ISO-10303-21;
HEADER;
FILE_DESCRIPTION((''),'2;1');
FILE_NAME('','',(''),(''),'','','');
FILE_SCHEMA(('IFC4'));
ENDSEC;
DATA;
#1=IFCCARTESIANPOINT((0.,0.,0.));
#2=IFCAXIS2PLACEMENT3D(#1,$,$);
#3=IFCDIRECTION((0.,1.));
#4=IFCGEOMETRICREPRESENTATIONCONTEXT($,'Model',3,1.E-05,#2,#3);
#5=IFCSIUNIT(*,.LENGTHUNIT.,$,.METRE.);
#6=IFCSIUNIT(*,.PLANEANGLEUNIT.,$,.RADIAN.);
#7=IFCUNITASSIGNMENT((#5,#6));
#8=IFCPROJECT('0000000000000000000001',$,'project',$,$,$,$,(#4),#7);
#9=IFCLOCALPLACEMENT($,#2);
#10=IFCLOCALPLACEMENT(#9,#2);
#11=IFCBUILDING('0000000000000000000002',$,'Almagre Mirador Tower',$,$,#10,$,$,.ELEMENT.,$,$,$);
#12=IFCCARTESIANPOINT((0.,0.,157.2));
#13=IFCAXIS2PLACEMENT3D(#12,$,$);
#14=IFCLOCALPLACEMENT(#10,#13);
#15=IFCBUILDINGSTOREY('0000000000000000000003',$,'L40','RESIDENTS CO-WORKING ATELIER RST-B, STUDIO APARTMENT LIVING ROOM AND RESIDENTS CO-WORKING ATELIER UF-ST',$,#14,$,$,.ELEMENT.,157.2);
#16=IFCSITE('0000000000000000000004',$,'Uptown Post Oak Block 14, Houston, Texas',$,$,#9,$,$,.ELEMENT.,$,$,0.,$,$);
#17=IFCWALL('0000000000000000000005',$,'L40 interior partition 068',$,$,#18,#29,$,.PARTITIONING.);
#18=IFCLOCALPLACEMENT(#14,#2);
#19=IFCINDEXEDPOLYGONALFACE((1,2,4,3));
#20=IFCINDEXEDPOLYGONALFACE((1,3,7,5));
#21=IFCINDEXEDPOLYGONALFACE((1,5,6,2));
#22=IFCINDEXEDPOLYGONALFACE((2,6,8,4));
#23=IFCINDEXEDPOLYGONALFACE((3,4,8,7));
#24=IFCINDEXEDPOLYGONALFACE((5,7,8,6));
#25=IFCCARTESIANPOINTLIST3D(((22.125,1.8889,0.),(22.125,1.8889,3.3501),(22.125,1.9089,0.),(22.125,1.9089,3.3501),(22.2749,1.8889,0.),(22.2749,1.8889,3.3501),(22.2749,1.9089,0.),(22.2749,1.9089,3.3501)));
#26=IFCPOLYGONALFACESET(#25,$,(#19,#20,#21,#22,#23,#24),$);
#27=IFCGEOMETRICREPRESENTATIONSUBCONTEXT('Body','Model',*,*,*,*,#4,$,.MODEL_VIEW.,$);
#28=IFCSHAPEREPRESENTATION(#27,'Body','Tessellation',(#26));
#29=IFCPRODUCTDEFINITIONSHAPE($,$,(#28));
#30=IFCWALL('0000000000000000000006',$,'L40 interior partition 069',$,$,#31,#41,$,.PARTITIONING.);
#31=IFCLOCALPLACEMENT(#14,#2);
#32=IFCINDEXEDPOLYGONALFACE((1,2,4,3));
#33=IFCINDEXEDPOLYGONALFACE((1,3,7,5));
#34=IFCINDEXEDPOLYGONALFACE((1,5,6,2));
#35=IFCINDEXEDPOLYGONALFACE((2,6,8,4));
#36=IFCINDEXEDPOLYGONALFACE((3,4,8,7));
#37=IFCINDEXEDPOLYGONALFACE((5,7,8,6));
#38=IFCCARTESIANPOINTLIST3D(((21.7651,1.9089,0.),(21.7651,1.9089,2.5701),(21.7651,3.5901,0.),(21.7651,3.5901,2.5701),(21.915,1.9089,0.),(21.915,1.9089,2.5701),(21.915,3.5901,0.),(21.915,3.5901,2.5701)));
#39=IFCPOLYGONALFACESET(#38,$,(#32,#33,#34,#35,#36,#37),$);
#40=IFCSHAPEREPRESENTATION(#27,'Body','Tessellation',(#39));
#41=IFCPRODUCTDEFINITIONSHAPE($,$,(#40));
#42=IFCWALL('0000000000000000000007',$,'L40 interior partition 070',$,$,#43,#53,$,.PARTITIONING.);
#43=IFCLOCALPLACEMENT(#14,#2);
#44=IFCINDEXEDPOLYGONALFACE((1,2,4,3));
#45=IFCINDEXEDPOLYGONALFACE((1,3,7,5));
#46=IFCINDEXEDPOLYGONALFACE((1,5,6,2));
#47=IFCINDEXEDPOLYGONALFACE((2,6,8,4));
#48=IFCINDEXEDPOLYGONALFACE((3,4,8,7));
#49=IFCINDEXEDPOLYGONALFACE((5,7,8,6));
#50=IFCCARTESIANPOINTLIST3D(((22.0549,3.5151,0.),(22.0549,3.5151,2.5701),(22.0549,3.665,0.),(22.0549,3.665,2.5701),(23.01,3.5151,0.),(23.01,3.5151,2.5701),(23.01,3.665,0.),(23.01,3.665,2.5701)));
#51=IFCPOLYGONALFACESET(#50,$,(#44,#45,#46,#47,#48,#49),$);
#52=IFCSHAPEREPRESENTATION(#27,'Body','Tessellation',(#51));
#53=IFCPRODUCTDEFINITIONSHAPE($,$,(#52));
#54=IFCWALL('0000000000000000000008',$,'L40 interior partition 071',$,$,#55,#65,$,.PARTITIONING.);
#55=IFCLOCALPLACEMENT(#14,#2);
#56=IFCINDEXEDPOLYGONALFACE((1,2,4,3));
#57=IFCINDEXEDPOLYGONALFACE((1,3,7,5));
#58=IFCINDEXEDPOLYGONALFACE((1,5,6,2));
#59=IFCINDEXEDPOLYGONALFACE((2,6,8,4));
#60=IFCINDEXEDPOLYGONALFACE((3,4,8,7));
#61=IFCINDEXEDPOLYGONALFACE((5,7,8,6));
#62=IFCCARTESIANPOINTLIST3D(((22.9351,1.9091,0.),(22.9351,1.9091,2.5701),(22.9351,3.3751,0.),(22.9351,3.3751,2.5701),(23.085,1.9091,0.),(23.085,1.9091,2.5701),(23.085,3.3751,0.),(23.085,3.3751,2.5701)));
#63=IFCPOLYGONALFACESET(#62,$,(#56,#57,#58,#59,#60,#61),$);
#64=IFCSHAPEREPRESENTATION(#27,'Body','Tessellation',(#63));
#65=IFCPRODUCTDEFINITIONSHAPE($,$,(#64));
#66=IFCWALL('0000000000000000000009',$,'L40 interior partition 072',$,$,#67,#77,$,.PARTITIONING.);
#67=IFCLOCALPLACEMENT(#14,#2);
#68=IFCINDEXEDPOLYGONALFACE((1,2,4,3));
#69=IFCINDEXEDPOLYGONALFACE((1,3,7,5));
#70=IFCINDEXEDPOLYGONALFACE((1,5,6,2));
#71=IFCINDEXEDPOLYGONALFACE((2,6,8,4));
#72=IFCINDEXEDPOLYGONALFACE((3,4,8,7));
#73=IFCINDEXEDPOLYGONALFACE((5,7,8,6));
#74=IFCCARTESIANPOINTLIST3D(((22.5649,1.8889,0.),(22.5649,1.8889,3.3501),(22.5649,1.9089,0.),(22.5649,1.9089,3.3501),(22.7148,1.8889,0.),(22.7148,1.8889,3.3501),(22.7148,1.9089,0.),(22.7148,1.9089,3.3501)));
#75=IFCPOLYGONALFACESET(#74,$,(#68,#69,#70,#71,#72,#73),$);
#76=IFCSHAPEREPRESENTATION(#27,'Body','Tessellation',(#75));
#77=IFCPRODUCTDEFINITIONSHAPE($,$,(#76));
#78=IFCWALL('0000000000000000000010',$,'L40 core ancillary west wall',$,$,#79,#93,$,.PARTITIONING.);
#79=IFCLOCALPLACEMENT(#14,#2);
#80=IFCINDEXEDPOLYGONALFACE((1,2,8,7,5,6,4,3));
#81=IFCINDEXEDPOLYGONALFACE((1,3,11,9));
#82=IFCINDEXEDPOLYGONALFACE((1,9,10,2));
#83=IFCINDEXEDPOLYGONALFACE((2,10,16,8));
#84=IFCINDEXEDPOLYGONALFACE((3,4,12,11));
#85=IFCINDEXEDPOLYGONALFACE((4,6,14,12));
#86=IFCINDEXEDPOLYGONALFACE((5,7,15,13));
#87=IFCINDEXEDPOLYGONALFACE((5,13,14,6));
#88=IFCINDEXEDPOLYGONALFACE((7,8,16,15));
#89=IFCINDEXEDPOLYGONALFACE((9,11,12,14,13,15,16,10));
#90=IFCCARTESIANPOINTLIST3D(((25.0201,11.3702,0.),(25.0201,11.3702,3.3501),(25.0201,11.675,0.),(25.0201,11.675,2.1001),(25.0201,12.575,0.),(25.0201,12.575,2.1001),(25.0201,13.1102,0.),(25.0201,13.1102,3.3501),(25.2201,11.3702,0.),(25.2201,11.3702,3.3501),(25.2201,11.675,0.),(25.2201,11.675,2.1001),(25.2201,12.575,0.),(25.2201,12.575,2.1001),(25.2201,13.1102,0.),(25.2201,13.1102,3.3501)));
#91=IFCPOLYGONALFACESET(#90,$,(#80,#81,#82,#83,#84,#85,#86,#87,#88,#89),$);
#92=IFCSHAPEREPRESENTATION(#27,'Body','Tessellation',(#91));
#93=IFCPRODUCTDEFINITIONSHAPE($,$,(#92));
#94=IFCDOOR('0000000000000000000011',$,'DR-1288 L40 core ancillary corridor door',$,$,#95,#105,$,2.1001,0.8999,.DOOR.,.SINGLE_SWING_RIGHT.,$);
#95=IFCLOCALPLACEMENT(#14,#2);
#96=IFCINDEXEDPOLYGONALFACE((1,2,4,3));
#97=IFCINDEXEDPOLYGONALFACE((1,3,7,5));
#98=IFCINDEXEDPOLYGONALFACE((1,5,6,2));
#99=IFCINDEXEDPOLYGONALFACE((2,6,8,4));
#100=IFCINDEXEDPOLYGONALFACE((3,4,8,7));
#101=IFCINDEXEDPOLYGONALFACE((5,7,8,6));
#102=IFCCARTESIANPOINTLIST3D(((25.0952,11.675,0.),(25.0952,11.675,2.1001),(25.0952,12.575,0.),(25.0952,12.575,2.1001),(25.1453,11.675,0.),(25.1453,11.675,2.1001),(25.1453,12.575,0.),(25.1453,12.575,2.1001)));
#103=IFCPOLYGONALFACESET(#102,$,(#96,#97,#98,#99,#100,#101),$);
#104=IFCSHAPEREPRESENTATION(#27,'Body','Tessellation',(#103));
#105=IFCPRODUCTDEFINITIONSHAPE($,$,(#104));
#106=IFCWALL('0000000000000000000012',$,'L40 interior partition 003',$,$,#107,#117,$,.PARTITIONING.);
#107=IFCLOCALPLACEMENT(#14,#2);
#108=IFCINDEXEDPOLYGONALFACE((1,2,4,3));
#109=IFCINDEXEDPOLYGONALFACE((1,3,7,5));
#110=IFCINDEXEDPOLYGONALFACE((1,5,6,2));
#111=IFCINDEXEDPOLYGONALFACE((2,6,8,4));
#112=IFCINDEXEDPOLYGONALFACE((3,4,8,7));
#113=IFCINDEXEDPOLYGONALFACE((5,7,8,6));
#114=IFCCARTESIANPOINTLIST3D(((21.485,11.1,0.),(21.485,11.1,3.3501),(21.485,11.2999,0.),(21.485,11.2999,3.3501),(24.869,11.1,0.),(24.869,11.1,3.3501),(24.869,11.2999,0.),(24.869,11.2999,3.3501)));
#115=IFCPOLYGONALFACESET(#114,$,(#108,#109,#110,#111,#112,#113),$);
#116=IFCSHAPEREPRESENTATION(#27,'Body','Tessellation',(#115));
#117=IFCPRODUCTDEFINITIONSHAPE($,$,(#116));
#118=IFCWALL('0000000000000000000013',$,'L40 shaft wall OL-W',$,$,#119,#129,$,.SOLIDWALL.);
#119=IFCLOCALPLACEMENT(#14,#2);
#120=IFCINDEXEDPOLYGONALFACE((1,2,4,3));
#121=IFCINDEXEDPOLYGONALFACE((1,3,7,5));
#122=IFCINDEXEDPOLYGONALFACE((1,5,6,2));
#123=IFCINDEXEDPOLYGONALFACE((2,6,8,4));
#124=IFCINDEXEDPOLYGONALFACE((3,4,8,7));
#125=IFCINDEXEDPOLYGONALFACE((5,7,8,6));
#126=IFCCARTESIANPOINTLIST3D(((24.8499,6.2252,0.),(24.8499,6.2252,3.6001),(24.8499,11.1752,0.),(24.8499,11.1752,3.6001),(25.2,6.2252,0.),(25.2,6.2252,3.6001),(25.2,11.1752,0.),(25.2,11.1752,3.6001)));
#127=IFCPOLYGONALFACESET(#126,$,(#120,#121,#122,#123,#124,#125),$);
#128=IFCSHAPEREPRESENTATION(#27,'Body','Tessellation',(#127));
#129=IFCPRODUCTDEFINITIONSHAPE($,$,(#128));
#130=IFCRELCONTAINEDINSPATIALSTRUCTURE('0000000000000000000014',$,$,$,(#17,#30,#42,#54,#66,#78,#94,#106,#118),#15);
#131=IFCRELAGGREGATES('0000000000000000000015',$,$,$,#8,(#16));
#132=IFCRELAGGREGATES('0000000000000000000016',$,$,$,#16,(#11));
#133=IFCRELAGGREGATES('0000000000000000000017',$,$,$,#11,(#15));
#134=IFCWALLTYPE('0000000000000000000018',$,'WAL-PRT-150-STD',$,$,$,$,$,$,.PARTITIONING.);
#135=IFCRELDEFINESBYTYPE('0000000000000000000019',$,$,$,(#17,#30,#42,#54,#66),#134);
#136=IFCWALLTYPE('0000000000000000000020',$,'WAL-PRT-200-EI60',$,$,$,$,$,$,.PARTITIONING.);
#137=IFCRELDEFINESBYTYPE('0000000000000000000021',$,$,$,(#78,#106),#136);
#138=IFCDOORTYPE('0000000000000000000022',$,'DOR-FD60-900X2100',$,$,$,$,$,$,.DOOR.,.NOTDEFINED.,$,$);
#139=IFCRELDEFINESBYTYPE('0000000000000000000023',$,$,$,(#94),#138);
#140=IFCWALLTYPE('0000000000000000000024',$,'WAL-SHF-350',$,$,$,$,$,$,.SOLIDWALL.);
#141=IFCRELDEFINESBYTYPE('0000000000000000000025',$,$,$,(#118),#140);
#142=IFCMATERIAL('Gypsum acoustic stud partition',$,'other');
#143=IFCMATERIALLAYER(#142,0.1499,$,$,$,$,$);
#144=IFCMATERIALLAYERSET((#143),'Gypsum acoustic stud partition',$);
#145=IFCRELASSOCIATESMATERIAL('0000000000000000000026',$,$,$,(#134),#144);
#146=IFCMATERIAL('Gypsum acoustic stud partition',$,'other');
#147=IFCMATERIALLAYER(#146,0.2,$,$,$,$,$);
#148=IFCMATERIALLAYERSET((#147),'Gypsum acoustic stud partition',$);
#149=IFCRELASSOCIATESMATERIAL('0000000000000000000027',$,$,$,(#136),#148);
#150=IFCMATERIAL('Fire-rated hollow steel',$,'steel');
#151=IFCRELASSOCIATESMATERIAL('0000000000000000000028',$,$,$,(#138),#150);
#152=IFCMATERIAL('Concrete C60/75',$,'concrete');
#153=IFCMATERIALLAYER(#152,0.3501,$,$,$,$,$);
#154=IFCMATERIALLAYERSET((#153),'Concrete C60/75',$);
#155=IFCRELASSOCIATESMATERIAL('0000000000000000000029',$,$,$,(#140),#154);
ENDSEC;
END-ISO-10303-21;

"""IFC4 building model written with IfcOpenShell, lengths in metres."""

from ifc_helpers import new_model, si_unit, direction, frame, frame_2d, origin, place, context, subcontext, project, spatial, rectangle, extrude, material, layer, layer_set, type_object, element, fill, save


model = new_model("IFC4")

# Units and contexts
model_context = context("Model", 3, precision=1e-05, world=origin(), true_north=direction((0.0, 1.0)))
body_context = subcontext(model_context, "Body", "Model", "MODEL_VIEW")
ifc_project = project(units=[si_unit("LENGTHUNIT", "METRE"), si_unit("PLANEANGLEUNIT", "RADIAN")], contexts=[model_context])

# Site, building, storey
site_placement = place(None, origin())
site = spatial("IfcSite", under=ifc_project, at=site_placement, Name="Uptown Post Oak Block 14, Houston, Texas", CompositionType="ELEMENT", RefElevation=0.0)
building_placement = place(site_placement, origin())
building = spatial("IfcBuilding", under=site, at=building_placement, Name="Almagre Mirador Tower", CompositionType="ELEMENT")
storey_placement = place(building_placement, frame((0.0, 0.0, 157.2)))
storey = spatial("IfcBuildingStorey", under=building, at=storey_placement, Name="L40", Description="RESIDENTS CO-WORKING ATELIER RST-B, STUDIO APARTMENT LIVING ROOM AND RESIDENTS CO-WORKING ATELIER UF-ST", CompositionType="ELEMENT", Elevation=157.2)

# Walls
ifc_material_1 = material(Name="Gypsum acoustic stud partition", Category="other")
ifc_layer_1 = layer(ifc_material_1, 0.1499)
ifc_layer_set_1 = layer_set([ifc_layer_1], Name="Gypsum acoustic stud partition")
wall_type_1 = type_object("IfcWallType", Name="WAL-PRT-150-STD", PredefinedType="PARTITIONING", material=ifc_layer_set_1)
wall_1_placement = place(storey_placement, frame((22.2, 1.8889, 0.0), z_axis=(0.0, 0.0, 1.0), x_axis=(0.0, 1.0, 0.0)))
element("IfcWall", 1, at=wall_1_placement, inside=storey, type_object=wall_type_1, Name="L40 interior partition 068", PredefinedType="PARTITIONING", context=body_context, shape_type="SweptSolid", body=[
    extrude(rectangle(XDim=0.02, YDim=0.1499, at=frame_2d((0.01, 0.0))), origin(), (0.0, 0.0, 1.0), 3.3501),
])
wall_2_placement = place(storey_placement, frame((21.8401, 1.9089, 0.0), z_axis=(0.0, 0.0, 1.0), x_axis=(0.0, 1.0, 0.0)))
element("IfcWall", 2, at=wall_2_placement, inside=storey, type_object=wall_type_1, Name="L40 interior partition 069", PredefinedType="PARTITIONING", context=body_context, shape_type="SweptSolid", body=[
    extrude(rectangle(XDim=1.6812, YDim=0.1499, at=frame_2d((0.8406, 0.0))), origin(), (0.0, 0.0, 1.0), 2.5701),
])
wall_3_placement = place(storey_placement, frame((22.0549, 3.5901, 0.0), z_axis=(0.0, 0.0, 1.0), x_axis=(1.0, 0.0, 0.0)))
element("IfcWall", 3, at=wall_3_placement, inside=storey, type_object=wall_type_1, Name="L40 interior partition 070", PredefinedType="PARTITIONING", context=body_context, shape_type="SweptSolid", body=[
    extrude(rectangle(XDim=0.9551, YDim=0.1499, at=frame_2d((0.4775, 0.0))), origin(), (0.0, 0.0, 1.0), 2.5701),
])
wall_4_placement = place(storey_placement, frame((23.01, 3.375, 0.0), z_axis=(0.0, 0.0, 1.0), x_axis=(0.0, -1.0, 0.0)))
element("IfcWall", 4, at=wall_4_placement, inside=storey, type_object=wall_type_1, Name="L40 interior partition 071", PredefinedType="PARTITIONING", context=body_context, shape_type="SweptSolid", body=[
    extrude(rectangle(XDim=1.4661, YDim=0.1499, at=frame_2d((0.7329, 0.0))), origin(), (0.0, 0.0, 1.0), 2.5701),
])
wall_5_placement = place(storey_placement, frame((22.6399, 1.9089, 0.0), z_axis=(0.0, 0.0, 1.0), x_axis=(0.0, -1.0, 0.0)))
element("IfcWall", 5, at=wall_5_placement, inside=storey, type_object=wall_type_1, Name="L40 interior partition 072", PredefinedType="PARTITIONING", context=body_context, shape_type="SweptSolid", body=[
    extrude(rectangle(XDim=0.02, YDim=0.1499, at=frame_2d((0.01, 0.0))), origin(), (0.0, 0.0, 1.0), 3.3501),
])

# Wall, opening, door
ifc_material_2 = material(Name="Gypsum acoustic stud partition", Category="other")
ifc_layer_2 = layer(ifc_material_2, 0.2)
ifc_layer_set_2 = layer_set([ifc_layer_2], Name="Gypsum acoustic stud partition")
wall_type_2 = type_object("IfcWallType", Name="WAL-PRT-200-EI60", PredefinedType="PARTITIONING", material=ifc_layer_set_2)
wall_6_placement = place(storey_placement, frame((25.1201, 11.3701, 0.0), z_axis=(0.0, 0.0, 1.0), x_axis=(0.0, 1.0, 0.0)))
wall_6 = element("IfcWall", 6, at=wall_6_placement, inside=storey, type_object=wall_type_2, Name="L40 core ancillary west wall", PredefinedType="PARTITIONING", context=body_context, shape_type="SweptSolid", body=[
    extrude(rectangle(XDim=1.74, YDim=0.2, at=frame_2d((0.8701, 0.0))), origin(), (0.0, 0.0, 1.0), 3.3501),
])
opening_1_placement = place(wall_6_placement, frame((0.3049, 0.0, 0.0)))
opening_1 = element("IfcOpeningElement", 7, at=opening_1_placement, cuts=wall_6, PredefinedType="OPENING", context=body_context, shape_type="SweptSolid", body=[
    extrude(rectangle(XDim=0.8999, YDim=2.1001, at=frame_2d((0.45, 1.05))), frame((0.0, 0.1101, 0.0), z_axis=(0.0, -1.0, 0.0), x_axis=(1.0, 0.0, 0.0)), (0.0, 0.0, 1.0), 0.22),
])
ifc_material_3 = material(Name="Fire-rated hollow steel", Category="steel")
door_type_1 = type_object("IfcDoorType", Name="DOR-FD60-900X2100", OperationType="NOTDEFINED", PredefinedType="DOOR", material=ifc_material_3)
door_1_placement = place(opening_1_placement, origin())
door_1 = element("IfcDoor", 8, at=door_1_placement, inside=storey, type_object=door_type_1, Name="DR-1288 L40 core ancillary corridor door", OperationType="SINGLE_SWING_RIGHT", OverallHeight=2.1001, OverallWidth=0.8999, PredefinedType="DOOR", context=body_context, shape_type="SweptSolid", body=[
    extrude(rectangle(XDim=0.8999, YDim=2.1001, at=frame_2d((0.45, 1.05))), frame((0.0, 0.0249, 0.0), z_axis=(0.0, -1.0, 0.0), x_axis=(1.0, 0.0, 0.0)), (0.0, 0.0, 1.0), 0.05),
])
fill(opening_1, door_1)

# Walls
wall_7_placement = place(storey_placement, frame((21.4851, 11.2, 0.0), z_axis=(0.0, 0.0, 1.0), x_axis=(1.0, 0.0, 0.0)))
element("IfcWall", 9, at=wall_7_placement, inside=storey, type_object=wall_type_2, Name="L40 interior partition 003", PredefinedType="PARTITIONING", context=body_context, shape_type="SweptSolid", body=[
    extrude(rectangle(XDim=3.384, YDim=0.2, at=frame_2d((1.6919, 0.0))), origin(), (0.0, 0.0, 1.0), 3.3501),
])
ifc_material_4 = material(Name="Concrete C60/75", Category="concrete")
ifc_layer_3 = layer(ifc_material_4, 0.3501)
ifc_layer_set_3 = layer_set([ifc_layer_3], Name="Concrete C60/75")
wall_type_3 = type_object("IfcWallType", Name="WAL-SHF-350", PredefinedType="SOLIDWALL", material=ifc_layer_set_3)
wall_8_placement = place(storey_placement, frame((25.0249, 6.2251, 0.0), z_axis=(0.0, 0.0, 1.0), x_axis=(0.0, 1.0, 0.0)))
element("IfcWall", 10, at=wall_8_placement, inside=storey, type_object=wall_type_3, Name="L40 shaft wall OL-W", PredefinedType="SOLIDWALL", context=body_context, shape_type="SweptSolid", body=[
    extrude(rectangle(XDim=4.95, YDim=0.3501, at=frame_2d((2.4751, 0.0))), origin(), (0.0, 0.0, 1.0), 3.6001),
])

save(model, "model.ifc")
